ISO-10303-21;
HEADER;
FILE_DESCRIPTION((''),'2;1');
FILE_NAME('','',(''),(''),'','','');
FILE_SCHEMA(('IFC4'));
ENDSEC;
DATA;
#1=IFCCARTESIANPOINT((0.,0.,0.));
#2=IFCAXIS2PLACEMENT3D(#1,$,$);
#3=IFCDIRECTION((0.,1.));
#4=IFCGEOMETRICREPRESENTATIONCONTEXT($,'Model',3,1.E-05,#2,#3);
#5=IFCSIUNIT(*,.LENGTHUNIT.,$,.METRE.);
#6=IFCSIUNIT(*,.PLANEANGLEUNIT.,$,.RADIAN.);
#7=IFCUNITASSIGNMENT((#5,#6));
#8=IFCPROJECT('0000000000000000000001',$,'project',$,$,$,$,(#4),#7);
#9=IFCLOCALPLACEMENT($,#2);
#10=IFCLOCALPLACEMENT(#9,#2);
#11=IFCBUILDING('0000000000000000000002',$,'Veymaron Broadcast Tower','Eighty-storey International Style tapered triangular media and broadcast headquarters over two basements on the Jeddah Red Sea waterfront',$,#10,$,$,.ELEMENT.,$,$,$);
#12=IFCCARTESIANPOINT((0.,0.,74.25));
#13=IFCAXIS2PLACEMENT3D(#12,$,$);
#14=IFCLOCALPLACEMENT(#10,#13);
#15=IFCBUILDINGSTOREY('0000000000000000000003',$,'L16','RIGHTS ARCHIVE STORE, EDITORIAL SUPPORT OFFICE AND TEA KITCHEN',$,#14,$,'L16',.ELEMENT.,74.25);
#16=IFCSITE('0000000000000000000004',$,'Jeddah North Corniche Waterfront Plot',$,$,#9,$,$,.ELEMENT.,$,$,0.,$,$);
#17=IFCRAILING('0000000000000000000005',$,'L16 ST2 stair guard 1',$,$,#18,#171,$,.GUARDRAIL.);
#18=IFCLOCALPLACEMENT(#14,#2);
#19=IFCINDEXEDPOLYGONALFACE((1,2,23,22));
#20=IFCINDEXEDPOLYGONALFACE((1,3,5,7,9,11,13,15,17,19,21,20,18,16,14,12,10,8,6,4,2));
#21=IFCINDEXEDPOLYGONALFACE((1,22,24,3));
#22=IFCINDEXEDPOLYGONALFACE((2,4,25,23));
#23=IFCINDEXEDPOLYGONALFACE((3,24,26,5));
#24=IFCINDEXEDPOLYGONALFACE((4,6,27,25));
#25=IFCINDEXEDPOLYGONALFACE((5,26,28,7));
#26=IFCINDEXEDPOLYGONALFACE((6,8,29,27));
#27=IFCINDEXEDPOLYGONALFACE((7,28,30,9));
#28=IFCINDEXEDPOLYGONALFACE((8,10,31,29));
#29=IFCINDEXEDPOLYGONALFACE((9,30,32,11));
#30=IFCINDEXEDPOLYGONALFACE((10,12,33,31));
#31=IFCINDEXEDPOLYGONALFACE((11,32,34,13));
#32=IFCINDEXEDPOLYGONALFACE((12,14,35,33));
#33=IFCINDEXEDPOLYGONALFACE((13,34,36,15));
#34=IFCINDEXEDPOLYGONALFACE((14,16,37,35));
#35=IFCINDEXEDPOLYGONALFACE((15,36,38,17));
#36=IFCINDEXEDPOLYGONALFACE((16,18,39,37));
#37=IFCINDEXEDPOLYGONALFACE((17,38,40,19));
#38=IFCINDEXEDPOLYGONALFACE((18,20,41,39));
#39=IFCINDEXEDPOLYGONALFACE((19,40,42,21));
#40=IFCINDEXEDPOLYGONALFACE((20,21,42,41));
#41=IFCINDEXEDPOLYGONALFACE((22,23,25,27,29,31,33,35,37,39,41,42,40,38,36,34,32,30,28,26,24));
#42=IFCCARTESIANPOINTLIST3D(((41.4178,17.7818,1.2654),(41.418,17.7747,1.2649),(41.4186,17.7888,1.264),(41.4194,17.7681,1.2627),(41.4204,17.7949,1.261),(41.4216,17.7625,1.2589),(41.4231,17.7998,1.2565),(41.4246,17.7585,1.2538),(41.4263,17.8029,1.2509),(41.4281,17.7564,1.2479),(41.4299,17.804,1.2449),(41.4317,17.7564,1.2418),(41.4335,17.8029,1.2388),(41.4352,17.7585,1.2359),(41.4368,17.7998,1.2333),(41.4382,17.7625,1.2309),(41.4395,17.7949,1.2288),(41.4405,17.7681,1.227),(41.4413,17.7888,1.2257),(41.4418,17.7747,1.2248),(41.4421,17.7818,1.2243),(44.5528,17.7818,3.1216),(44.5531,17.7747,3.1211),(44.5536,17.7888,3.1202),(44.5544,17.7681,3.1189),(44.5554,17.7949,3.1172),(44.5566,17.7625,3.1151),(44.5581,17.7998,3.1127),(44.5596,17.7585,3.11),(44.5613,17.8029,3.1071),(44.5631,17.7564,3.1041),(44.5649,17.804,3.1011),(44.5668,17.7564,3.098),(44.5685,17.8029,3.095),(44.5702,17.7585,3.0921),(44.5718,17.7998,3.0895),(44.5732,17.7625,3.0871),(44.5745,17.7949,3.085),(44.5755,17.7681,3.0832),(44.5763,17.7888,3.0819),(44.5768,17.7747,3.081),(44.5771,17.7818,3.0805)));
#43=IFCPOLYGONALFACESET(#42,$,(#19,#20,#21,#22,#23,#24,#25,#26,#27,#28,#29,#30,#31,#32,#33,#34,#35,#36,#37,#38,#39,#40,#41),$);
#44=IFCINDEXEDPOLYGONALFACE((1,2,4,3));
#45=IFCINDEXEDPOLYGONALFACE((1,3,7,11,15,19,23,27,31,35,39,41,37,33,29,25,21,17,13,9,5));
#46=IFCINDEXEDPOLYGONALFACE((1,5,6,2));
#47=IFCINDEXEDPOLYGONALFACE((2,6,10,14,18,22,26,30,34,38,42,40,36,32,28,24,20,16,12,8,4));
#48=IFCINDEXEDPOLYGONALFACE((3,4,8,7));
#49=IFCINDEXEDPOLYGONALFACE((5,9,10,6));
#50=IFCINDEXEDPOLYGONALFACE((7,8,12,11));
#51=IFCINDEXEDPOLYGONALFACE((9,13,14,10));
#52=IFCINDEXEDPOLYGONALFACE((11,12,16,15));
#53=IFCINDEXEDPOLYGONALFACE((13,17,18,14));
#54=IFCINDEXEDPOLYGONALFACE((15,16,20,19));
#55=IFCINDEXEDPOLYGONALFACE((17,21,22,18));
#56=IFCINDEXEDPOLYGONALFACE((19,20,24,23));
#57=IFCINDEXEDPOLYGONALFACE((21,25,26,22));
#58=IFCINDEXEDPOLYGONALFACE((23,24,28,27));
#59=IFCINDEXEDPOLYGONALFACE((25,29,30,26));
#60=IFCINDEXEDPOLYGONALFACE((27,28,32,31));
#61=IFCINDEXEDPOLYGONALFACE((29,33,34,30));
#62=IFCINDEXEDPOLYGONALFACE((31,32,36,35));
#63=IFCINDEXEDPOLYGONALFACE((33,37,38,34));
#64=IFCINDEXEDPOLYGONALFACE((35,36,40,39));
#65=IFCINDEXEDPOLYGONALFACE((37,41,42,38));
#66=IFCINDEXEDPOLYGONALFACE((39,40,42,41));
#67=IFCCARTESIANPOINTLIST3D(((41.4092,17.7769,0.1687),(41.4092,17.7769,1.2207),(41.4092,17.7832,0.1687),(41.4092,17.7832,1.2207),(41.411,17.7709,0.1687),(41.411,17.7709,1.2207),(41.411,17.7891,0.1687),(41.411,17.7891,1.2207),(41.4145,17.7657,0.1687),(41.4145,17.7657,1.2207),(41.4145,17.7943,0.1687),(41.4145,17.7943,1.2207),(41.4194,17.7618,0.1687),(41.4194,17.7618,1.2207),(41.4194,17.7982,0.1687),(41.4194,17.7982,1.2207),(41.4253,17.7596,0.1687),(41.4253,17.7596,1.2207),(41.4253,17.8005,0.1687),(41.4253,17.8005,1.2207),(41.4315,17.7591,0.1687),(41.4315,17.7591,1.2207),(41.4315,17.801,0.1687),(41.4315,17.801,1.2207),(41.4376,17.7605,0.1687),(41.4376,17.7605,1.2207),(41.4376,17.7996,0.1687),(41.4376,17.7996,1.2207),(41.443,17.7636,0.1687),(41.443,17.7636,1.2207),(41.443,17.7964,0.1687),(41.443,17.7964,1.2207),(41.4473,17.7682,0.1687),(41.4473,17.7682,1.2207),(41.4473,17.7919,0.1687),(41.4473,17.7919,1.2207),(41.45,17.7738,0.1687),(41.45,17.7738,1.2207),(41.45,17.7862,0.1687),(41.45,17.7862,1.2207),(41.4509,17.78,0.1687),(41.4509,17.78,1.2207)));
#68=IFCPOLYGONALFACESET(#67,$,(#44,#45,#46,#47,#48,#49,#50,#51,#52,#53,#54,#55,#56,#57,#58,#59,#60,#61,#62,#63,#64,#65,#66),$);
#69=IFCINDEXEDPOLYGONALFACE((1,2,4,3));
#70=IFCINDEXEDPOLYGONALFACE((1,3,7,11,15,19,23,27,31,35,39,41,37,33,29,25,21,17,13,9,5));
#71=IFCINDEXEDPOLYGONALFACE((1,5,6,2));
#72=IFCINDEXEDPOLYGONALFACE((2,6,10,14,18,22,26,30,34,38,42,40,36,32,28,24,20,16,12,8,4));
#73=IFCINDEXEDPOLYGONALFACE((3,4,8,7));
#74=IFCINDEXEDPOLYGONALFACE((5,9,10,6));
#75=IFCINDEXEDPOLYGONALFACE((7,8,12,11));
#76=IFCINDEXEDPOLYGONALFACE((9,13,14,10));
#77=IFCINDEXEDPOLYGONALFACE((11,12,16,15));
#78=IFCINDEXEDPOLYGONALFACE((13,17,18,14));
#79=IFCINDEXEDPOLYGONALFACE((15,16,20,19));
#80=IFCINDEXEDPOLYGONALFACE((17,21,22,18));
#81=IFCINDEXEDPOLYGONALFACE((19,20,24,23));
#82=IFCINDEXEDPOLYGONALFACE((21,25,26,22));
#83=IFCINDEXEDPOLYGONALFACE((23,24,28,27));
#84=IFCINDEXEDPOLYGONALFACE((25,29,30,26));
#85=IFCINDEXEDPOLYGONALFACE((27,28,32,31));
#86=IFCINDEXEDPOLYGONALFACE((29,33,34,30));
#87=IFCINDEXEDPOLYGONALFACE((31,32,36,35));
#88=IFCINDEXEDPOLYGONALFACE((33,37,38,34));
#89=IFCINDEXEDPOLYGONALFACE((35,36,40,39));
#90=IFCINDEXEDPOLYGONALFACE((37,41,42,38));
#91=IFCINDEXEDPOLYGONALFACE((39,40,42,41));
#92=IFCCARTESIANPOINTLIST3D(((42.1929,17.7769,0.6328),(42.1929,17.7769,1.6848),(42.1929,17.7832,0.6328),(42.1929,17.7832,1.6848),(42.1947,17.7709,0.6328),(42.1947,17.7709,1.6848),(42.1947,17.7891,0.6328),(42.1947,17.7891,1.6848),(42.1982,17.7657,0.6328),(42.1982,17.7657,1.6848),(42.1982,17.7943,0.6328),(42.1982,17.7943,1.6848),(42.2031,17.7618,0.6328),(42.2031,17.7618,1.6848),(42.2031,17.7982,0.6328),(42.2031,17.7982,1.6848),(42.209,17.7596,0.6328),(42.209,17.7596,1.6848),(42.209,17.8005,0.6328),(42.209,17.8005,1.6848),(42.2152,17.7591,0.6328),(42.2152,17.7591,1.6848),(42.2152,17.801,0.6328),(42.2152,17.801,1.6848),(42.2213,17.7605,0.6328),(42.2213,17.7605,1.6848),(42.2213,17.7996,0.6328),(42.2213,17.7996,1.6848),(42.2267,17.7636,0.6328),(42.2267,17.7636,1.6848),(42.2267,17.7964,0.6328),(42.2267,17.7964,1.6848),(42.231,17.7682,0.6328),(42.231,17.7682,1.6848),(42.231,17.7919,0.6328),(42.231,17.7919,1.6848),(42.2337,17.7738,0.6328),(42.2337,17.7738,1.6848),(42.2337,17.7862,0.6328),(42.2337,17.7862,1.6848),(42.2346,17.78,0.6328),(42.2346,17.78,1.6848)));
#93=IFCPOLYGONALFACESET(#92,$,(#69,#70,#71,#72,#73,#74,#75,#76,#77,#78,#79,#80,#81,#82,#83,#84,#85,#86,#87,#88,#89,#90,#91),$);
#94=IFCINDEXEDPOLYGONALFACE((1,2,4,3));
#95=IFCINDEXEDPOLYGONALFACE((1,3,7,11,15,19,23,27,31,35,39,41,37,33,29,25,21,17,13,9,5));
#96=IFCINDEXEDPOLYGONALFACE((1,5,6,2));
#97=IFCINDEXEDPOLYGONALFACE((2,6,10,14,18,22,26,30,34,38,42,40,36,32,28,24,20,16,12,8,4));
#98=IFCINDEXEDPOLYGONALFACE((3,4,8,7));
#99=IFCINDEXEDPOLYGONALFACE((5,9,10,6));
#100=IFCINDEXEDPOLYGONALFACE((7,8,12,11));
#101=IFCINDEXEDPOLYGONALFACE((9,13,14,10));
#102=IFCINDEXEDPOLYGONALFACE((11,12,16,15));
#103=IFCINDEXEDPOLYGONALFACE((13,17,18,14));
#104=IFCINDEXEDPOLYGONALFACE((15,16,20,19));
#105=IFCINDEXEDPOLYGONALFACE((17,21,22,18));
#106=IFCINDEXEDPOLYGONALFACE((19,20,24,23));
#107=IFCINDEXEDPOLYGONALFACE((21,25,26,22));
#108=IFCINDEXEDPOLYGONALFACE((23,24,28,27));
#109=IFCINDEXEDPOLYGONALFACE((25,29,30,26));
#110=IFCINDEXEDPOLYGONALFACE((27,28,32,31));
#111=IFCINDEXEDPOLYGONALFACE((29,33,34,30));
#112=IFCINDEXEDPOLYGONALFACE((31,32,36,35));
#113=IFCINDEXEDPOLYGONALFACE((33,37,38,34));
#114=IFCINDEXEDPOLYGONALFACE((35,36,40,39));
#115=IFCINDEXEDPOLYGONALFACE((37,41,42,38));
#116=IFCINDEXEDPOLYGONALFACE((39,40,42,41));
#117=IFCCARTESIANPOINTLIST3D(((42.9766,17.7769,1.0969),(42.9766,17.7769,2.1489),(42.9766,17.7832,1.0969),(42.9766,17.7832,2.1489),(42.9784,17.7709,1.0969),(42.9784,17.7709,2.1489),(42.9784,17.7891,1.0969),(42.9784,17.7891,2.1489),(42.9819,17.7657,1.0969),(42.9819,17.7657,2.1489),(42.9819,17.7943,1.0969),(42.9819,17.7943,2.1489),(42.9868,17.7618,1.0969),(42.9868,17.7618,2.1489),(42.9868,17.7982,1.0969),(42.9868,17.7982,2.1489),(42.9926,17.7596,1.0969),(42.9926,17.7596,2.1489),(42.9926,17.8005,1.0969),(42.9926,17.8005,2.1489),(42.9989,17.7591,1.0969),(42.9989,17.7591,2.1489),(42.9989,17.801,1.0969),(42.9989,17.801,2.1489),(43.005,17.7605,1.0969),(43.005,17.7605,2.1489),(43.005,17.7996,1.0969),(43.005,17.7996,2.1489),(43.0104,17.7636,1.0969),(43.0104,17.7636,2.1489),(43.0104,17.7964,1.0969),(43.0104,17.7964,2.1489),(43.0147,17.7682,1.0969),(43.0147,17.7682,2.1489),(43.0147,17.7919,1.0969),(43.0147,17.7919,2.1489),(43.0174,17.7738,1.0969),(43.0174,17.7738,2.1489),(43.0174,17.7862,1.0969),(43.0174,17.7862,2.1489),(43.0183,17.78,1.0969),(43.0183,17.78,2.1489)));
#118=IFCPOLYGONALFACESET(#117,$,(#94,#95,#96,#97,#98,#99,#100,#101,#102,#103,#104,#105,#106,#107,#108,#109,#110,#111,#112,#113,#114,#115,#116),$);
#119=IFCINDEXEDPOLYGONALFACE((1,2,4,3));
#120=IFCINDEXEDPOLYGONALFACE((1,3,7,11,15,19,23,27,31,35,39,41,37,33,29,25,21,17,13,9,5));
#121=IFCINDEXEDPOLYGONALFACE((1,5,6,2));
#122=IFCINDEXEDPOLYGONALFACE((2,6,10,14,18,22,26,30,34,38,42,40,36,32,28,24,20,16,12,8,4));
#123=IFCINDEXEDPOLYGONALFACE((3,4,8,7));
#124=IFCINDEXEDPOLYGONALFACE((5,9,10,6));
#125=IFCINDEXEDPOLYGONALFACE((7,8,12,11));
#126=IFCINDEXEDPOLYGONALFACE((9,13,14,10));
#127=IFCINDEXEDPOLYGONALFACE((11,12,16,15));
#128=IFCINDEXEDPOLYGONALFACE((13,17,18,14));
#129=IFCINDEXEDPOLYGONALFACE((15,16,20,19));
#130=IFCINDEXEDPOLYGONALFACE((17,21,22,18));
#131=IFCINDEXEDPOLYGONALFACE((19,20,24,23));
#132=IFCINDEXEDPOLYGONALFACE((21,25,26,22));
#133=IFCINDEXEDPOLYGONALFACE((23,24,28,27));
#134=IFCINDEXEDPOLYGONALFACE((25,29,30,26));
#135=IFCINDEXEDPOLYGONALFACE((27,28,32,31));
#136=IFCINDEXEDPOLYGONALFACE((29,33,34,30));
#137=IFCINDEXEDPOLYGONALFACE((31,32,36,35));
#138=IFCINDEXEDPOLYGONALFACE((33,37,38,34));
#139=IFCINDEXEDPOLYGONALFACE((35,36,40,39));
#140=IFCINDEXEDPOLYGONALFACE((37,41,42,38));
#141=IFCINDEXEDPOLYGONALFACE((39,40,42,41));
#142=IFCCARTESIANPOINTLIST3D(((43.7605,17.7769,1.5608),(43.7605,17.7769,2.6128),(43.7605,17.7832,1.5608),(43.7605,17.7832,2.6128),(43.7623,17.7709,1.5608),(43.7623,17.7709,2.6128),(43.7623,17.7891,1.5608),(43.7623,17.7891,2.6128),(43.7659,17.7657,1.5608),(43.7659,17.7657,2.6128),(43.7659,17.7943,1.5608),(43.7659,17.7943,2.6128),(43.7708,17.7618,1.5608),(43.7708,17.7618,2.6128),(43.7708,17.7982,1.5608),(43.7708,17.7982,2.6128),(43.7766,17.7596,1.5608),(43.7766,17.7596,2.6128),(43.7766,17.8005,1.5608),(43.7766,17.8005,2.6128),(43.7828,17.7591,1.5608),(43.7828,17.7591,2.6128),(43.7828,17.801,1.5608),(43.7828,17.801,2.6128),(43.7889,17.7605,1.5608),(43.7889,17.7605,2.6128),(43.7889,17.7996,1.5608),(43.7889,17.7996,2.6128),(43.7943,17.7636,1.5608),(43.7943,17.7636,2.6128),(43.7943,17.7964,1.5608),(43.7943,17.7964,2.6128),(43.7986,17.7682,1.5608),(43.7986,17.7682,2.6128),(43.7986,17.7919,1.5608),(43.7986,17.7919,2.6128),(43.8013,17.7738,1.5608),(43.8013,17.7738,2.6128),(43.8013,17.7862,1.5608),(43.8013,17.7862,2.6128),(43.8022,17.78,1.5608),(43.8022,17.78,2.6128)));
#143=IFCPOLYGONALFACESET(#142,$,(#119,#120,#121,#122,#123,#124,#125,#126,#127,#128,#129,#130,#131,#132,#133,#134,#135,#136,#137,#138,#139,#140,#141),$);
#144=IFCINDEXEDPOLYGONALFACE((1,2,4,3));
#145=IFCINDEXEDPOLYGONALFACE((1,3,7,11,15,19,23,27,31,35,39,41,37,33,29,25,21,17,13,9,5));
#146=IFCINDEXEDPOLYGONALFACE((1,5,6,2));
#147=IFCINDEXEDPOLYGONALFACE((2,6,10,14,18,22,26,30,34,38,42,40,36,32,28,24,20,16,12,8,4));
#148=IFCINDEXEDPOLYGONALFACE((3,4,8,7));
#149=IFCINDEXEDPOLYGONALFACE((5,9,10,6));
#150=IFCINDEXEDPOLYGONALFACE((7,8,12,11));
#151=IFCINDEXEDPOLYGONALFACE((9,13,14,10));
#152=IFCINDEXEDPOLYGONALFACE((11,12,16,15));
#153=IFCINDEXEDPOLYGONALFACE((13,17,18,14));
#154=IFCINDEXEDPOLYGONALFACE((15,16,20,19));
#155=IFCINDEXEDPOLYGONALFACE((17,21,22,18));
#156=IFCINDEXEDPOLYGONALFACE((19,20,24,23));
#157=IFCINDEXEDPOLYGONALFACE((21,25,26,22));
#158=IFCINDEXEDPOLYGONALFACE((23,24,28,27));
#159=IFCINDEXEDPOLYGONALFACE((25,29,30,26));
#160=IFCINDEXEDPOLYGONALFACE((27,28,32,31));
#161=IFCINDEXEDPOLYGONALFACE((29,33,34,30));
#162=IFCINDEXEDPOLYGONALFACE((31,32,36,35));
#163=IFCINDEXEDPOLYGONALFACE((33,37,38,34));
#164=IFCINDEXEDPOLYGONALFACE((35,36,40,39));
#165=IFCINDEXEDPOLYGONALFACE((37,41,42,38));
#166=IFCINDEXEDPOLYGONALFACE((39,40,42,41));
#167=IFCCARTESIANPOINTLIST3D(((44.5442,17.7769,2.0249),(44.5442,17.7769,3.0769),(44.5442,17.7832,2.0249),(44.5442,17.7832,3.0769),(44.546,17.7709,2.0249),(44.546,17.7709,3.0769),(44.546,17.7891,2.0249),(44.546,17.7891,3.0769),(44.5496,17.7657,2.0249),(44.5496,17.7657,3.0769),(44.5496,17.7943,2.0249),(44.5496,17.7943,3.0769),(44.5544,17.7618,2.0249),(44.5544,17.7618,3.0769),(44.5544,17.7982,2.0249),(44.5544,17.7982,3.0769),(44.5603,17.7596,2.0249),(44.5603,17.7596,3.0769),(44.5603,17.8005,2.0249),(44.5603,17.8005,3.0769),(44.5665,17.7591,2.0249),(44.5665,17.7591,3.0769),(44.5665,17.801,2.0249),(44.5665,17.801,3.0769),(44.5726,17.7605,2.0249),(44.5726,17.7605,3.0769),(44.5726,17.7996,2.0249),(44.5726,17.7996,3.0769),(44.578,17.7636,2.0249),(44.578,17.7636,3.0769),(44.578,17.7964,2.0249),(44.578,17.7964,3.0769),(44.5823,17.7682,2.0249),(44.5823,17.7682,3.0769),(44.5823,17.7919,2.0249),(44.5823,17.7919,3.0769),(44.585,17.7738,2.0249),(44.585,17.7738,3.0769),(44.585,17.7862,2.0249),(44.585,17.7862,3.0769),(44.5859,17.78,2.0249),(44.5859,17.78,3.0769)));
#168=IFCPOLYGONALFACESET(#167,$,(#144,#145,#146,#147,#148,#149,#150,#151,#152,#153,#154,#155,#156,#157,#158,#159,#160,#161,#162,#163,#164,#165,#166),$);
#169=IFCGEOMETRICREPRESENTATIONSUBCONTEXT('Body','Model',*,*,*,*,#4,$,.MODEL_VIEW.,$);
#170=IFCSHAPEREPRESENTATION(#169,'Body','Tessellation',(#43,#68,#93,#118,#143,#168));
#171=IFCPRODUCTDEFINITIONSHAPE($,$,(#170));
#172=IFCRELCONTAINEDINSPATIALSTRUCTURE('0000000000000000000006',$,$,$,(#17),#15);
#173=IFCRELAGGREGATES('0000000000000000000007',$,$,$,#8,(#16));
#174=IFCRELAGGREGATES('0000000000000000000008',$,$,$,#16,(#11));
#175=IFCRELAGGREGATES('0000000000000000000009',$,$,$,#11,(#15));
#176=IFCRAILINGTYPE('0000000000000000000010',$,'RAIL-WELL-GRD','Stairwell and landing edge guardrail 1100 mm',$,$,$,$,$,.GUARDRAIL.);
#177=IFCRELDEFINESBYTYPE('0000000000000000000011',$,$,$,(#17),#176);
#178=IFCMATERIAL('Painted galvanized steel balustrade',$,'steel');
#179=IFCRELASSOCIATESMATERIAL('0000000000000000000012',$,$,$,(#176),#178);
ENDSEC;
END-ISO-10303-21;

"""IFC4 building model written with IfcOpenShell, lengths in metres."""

from ifc_helpers import new_model, si_unit, direction, frame, origin, origin_2d, place, context, subcontext, project, spatial, circle, extrude, material, type_object, element, save


model = new_model("IFC4")

# Units and contexts
model_context = context("Model", 3, precision=1e-05, world=origin(), true_north=direction((0.0, 1.0)))
body_context = subcontext(model_context, "Body", "Model", "MODEL_VIEW")
ifc_project = project(units=[si_unit("LENGTHUNIT", "METRE"), si_unit("PLANEANGLEUNIT", "RADIAN")], contexts=[model_context])

# Site, building, storey
site_placement = place(None, origin())
site = spatial("IfcSite", under=ifc_project, at=site_placement, Name="Jeddah North Corniche Waterfront Plot", CompositionType="ELEMENT", RefElevation=0.0)
building_placement = place(site_placement, origin())
building = spatial("IfcBuilding", under=site, at=building_placement, Name="Veymaron Broadcast Tower", Description="Eighty-storey International Style tapered triangular media and broadcast headquarters over two basements on the Jeddah Red Sea waterfront", CompositionType="ELEMENT")
storey_placement = place(building_placement, frame((0.0, 0.0, 74.25)))
storey = spatial("IfcBuildingStorey", under=building, at=storey_placement, Name="L16", Description="RIGHTS ARCHIVE STORE, EDITORIAL SUPPORT OFFICE AND TEA KITCHEN", LongName="L16", CompositionType="ELEMENT", Elevation=74.25)

# Railing
ifc_material_1 = material(Name="Painted galvanized steel balustrade", Category="steel")
railing_type_1 = type_object("IfcRailingType", Name="RAIL-WELL-GRD", Description="Stairwell and landing edge guardrail 1100 mm", PredefinedType="GUARDRAIL", material=ifc_material_1)
railing_1_placement = place(storey_placement, frame((41.4299, 17.78, 0.1687)))
element("IfcRailing", 1, at=railing_1_placement, inside=storey, type_object=railing_type_1, Name="L16 ST2 stair guard 1", PredefinedType="GUARDRAIL", context=body_context, shape_type="SweptSolid", body=[
    extrude(circle(Radius=0.0239, at=origin_2d()), frame((0.0, 0.0, 1.0762), z_axis=(0.860482, 0.0, 0.509481), x_axis=(0.0, 1.0, 0.0)), (0.0, 0.0, 1.0), 3.6433),
    extrude(circle(Radius=0.021, at=origin_2d()), origin(), (0.0, 0.0, 1.0), 1.052),
    extrude(circle(Radius=0.021, at=origin_2d()), frame((0.7837, 0.0, 0.4641)), (0.0, 0.0, 1.0), 1.052),
    extrude(circle(Radius=0.021, at=origin_2d()), frame((1.5674, 0.0, 0.9282)), (0.0, 0.0, 1.0), 1.052),
    extrude(circle(Radius=0.021, at=origin_2d()), frame((2.3513, 0.0, 1.3921)), (0.0, 0.0, 1.0), 1.052),
    extrude(circle(Radius=0.021, at=origin_2d()), frame((3.135, 0.0, 1.8562)), (0.0, 0.0, 1.0), 1.052),
])

save(model, "model.ifc")
